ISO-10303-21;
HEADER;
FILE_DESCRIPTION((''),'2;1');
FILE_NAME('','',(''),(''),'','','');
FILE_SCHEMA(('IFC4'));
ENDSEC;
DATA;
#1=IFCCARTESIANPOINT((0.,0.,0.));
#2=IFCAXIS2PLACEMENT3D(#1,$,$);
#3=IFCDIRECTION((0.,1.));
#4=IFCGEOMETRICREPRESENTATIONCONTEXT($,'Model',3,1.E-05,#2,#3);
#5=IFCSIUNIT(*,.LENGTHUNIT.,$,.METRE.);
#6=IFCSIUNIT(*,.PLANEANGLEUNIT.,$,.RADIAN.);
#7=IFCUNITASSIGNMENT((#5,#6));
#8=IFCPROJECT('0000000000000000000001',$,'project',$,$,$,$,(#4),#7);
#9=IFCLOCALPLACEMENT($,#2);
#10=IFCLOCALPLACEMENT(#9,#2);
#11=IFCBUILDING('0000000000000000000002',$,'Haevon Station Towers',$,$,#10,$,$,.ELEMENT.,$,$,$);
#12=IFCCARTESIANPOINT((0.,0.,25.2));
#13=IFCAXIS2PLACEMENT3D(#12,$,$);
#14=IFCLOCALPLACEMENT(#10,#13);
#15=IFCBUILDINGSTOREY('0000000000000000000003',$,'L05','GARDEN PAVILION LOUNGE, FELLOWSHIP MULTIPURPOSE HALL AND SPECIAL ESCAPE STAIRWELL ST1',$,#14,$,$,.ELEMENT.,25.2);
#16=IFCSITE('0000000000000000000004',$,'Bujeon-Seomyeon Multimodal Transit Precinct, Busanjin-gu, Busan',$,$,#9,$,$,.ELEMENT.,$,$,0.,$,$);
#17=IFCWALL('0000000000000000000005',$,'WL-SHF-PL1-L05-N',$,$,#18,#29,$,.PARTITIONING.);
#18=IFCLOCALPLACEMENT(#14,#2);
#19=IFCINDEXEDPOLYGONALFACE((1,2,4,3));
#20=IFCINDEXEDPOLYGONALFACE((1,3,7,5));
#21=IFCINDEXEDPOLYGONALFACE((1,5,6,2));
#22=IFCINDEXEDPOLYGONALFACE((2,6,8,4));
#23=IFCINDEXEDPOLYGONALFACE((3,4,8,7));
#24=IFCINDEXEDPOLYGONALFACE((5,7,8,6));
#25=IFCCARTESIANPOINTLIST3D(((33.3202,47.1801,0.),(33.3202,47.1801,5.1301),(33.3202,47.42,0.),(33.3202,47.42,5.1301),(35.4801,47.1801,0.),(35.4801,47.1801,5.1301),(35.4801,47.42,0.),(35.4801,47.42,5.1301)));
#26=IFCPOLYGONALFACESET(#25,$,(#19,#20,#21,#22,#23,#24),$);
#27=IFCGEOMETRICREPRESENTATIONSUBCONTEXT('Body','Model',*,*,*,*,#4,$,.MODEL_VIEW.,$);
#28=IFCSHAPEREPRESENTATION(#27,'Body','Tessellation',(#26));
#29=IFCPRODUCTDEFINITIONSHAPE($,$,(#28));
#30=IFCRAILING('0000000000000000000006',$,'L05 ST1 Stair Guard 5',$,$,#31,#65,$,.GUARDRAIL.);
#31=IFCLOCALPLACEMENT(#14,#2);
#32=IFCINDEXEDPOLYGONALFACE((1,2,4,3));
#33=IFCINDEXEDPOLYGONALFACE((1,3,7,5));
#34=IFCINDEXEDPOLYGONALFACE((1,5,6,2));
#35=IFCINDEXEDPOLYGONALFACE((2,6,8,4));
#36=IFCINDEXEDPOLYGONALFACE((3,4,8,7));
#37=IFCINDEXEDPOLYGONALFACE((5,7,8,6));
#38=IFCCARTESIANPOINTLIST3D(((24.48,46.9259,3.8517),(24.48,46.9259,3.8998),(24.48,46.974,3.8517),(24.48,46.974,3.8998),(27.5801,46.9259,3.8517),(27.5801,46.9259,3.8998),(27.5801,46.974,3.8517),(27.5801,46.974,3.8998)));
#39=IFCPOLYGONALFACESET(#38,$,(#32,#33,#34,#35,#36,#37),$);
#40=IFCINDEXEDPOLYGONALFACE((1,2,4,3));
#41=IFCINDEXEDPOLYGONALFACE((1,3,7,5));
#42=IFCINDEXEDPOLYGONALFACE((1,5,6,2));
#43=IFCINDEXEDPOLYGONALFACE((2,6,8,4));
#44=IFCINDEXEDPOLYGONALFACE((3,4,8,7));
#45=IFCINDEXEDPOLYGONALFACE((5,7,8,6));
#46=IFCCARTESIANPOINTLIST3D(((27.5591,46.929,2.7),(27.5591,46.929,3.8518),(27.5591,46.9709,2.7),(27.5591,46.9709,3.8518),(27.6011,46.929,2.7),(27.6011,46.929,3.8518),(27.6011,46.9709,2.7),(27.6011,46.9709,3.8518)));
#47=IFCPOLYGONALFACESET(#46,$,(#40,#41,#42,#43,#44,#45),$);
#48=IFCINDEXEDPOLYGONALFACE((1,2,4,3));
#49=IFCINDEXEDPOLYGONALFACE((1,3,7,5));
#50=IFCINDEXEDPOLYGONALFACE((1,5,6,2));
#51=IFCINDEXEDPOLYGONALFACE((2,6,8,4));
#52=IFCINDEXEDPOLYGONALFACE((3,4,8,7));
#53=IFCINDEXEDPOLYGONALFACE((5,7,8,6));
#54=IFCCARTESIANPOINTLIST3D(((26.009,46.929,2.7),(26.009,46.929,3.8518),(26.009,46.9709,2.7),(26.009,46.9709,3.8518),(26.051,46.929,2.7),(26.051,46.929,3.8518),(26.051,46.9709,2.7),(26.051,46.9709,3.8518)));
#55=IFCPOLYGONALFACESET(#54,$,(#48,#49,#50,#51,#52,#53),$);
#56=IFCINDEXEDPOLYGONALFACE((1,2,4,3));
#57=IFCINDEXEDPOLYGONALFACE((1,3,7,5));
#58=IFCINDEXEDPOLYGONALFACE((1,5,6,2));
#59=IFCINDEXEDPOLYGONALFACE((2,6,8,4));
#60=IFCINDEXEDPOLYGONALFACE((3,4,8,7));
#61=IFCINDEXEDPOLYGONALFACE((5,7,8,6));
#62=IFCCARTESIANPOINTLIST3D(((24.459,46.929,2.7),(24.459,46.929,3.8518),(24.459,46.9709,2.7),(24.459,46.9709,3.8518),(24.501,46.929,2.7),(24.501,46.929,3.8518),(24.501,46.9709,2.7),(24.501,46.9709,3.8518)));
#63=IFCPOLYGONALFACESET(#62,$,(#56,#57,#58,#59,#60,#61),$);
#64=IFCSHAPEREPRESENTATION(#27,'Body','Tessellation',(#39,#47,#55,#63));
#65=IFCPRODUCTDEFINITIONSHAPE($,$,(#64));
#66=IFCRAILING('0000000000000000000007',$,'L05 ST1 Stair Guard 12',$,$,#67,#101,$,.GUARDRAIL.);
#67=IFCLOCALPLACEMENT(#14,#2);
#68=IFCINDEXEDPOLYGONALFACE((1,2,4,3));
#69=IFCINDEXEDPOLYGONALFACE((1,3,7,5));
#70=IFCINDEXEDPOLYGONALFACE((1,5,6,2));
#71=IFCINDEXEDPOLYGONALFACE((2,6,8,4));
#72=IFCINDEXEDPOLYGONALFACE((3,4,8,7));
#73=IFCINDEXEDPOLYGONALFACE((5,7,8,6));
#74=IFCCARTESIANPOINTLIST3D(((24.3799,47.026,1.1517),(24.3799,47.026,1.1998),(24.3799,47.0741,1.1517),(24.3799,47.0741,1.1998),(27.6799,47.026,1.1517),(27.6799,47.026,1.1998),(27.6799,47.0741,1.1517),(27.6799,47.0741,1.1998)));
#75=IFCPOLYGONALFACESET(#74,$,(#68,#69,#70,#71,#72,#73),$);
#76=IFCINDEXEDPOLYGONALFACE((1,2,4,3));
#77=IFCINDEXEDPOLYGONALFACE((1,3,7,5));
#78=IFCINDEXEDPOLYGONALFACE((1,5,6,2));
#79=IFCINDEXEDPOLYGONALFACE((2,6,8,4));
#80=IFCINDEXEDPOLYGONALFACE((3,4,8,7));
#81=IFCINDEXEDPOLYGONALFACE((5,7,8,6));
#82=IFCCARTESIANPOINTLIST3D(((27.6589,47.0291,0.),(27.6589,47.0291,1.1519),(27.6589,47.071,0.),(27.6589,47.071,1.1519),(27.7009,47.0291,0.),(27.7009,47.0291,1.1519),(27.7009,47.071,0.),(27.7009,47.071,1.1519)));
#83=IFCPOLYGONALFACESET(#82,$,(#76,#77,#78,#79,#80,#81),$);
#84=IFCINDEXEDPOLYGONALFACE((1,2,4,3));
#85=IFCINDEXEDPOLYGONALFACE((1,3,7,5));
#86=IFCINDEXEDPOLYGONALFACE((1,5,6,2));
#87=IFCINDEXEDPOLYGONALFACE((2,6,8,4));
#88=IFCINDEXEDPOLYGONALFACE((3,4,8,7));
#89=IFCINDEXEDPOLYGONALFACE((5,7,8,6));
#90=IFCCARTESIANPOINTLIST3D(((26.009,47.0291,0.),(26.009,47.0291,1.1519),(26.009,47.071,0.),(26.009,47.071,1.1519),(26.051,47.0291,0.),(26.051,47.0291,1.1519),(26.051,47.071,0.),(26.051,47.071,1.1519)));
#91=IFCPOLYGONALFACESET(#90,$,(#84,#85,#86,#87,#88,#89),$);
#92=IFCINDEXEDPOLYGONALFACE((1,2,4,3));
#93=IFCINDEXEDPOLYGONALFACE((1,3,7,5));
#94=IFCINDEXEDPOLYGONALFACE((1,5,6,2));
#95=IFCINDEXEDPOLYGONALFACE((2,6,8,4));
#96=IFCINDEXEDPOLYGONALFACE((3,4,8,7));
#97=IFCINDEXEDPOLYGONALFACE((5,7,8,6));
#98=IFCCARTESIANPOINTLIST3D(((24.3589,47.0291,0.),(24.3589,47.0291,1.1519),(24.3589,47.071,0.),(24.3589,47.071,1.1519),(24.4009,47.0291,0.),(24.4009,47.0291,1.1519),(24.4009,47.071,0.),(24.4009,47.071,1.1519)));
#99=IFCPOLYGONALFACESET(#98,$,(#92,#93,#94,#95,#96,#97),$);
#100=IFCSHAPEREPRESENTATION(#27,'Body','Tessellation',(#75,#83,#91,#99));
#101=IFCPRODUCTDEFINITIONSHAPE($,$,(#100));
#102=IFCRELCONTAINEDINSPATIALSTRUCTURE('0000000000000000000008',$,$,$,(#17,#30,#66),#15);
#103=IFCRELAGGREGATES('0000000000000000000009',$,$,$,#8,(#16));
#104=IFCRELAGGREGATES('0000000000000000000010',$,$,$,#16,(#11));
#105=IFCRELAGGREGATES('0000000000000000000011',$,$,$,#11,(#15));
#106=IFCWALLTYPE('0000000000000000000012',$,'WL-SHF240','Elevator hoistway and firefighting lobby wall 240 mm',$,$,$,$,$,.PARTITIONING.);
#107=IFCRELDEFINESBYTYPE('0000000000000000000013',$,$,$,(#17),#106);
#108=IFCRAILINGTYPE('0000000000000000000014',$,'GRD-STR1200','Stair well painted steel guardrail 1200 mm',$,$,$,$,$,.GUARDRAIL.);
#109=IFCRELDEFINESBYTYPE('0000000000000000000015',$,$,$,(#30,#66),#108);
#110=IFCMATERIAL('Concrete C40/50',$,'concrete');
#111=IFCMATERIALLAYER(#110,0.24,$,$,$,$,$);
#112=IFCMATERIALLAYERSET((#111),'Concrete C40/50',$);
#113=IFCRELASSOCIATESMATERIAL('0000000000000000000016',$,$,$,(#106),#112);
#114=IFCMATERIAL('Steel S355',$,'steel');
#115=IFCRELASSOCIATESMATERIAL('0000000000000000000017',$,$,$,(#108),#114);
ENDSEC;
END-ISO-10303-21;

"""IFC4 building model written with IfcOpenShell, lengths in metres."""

from ifc_helpers import new_model, si_unit, direction, frame, frame_2d, origin, origin_2d, place, context, subcontext, project, spatial, rectangle, extrude, material, layer, layer_set, type_object, element, save


model = new_model("IFC4")

# Units and contexts
model_context = context("Model", 3, precision=1e-05, world=origin(), true_north=direction((0.0, 1.0)))
body_context = subcontext(model_context, "Body", "Model", "MODEL_VIEW")
ifc_project = project(units=[si_unit("LENGTHUNIT", "METRE"), si_unit("PLANEANGLEUNIT", "RADIAN")], contexts=[model_context])

# Site, building, storey
site_placement = place(None, origin())
site = spatial("IfcSite", under=ifc_project, at=site_placement, Name="Bujeon-Seomyeon Multimodal Transit Precinct, Busanjin-gu, Busan", CompositionType="ELEMENT", RefElevation=0.0)
building_placement = place(site_placement, origin())
building = spatial("IfcBuilding", under=site, at=building_placement, Name="Haevon Station Towers", CompositionType="ELEMENT")
storey_placement = place(building_placement, frame((0.0, 0.0, 25.2)))
storey = spatial("IfcBuildingStorey", under=building, at=storey_placement, Name="L05", Description="GARDEN PAVILION LOUNGE, FELLOWSHIP MULTIPURPOSE HALL AND SPECIAL ESCAPE STAIRWELL ST1", CompositionType="ELEMENT", Elevation=25.2)

# Shared definitions
ifc_material_1 = material(Name="Steel S355", Category="steel")

# Shared definitions
ifc_material_2 = material(Name="Concrete C40/50", Category="concrete")
ifc_layer = layer(ifc_material_2, 0.24)
ifc_layer_set = layer_set([ifc_layer], Name="Concrete C40/50")
wall_type = type_object("IfcWallType", Name="WL-SHF240", Description="Elevator hoistway and firefighting lobby wall 240 mm", PredefinedType="PARTITIONING", material=ifc_layer_set)

# Wall
wall_1_placement = place(storey_placement, frame((33.3201, 47.3, 0.0), z_axis=(0.0, 0.0, 1.0), x_axis=(1.0, 0.0, 0.0)))
element("IfcWall", 1, at=wall_1_placement, inside=storey, type_object=wall_type, Name="WL-SHF-PL1-L05-N", PredefinedType="PARTITIONING", context=body_context, shape_type="SweptSolid", body=[
    extrude(rectangle(XDim=2.1599, YDim=0.24, at=frame_2d((1.0801, 0.0))), origin(), (0.0, 0.0, 1.0), 5.1301),
])

# Railings
railing_type = type_object("IfcRailingType", Name="GRD-STR1200", Description="Stair well painted steel guardrail 1200 mm", PredefinedType="GUARDRAIL", material=ifc_material_1)
railing_1_placement = place(storey_placement, frame((27.5801, 46.95, 2.7)))
element("IfcRailing", 2, at=railing_1_placement, inside=storey, type_object=railing_type, Name="L05 ST1 Stair Guard 5", PredefinedType="GUARDRAIL", context=body_context, shape_type="SweptSolid", body=[
    extrude(rectangle(XDim=0.0481, YDim=0.0481, at=origin_2d()), frame((0.0, 0.0, 1.1758), z_axis=(-1.0, 0.0, 0.0), x_axis=(0.0, -1.0, 0.0)), (0.0, 0.0, 1.0), 3.1001),
    extrude(rectangle(XDim=0.042, YDim=0.042, at=origin_2d()), origin(), (0.0, 0.0, 1.0), 1.1519),
    extrude(rectangle(XDim=0.042, YDim=0.042, at=origin_2d()), frame((-1.55, 0.0, 0.0)), (0.0, 0.0, 1.0), 1.1519),
    extrude(rectangle(XDim=0.042, YDim=0.042, at=origin_2d()), frame((-3.1001, 0.0, 0.0)), (0.0, 0.0, 1.0), 1.1519),
])
railing_2_placement = place(storey_placement, frame((27.6799, 47.05, 0.0)))
element("IfcRailing", 3, at=railing_2_placement, inside=storey, type_object=railing_type, Name="L05 ST1 Stair Guard 12", PredefinedType="GUARDRAIL", context=body_context, shape_type="SweptSolid", body=[
    extrude(rectangle(XDim=0.0481, YDim=0.0481, at=origin_2d()), frame((0.0, 0.0, 1.1758), z_axis=(-1.0, 0.0, 0.0), x_axis=(0.0, -1.0, 0.0)), (0.0, 0.0, 1.0), 3.3),
    extrude(rectangle(XDim=0.042, YDim=0.042, at=origin_2d()), origin(), (0.0, 0.0, 1.0), 1.1519),
    extrude(rectangle(XDim=0.042, YDim=0.042, at=origin_2d()), frame((-1.6499, 0.0, 0.0)), (0.0, 0.0, 1.0), 1.1519),
    extrude(rectangle(XDim=0.042, YDim=0.042, at=origin_2d()), frame((-3.3, 0.0, 0.0)), (0.0, 0.0, 1.0), 1.1519),
])

save(model, "model.ifc")
